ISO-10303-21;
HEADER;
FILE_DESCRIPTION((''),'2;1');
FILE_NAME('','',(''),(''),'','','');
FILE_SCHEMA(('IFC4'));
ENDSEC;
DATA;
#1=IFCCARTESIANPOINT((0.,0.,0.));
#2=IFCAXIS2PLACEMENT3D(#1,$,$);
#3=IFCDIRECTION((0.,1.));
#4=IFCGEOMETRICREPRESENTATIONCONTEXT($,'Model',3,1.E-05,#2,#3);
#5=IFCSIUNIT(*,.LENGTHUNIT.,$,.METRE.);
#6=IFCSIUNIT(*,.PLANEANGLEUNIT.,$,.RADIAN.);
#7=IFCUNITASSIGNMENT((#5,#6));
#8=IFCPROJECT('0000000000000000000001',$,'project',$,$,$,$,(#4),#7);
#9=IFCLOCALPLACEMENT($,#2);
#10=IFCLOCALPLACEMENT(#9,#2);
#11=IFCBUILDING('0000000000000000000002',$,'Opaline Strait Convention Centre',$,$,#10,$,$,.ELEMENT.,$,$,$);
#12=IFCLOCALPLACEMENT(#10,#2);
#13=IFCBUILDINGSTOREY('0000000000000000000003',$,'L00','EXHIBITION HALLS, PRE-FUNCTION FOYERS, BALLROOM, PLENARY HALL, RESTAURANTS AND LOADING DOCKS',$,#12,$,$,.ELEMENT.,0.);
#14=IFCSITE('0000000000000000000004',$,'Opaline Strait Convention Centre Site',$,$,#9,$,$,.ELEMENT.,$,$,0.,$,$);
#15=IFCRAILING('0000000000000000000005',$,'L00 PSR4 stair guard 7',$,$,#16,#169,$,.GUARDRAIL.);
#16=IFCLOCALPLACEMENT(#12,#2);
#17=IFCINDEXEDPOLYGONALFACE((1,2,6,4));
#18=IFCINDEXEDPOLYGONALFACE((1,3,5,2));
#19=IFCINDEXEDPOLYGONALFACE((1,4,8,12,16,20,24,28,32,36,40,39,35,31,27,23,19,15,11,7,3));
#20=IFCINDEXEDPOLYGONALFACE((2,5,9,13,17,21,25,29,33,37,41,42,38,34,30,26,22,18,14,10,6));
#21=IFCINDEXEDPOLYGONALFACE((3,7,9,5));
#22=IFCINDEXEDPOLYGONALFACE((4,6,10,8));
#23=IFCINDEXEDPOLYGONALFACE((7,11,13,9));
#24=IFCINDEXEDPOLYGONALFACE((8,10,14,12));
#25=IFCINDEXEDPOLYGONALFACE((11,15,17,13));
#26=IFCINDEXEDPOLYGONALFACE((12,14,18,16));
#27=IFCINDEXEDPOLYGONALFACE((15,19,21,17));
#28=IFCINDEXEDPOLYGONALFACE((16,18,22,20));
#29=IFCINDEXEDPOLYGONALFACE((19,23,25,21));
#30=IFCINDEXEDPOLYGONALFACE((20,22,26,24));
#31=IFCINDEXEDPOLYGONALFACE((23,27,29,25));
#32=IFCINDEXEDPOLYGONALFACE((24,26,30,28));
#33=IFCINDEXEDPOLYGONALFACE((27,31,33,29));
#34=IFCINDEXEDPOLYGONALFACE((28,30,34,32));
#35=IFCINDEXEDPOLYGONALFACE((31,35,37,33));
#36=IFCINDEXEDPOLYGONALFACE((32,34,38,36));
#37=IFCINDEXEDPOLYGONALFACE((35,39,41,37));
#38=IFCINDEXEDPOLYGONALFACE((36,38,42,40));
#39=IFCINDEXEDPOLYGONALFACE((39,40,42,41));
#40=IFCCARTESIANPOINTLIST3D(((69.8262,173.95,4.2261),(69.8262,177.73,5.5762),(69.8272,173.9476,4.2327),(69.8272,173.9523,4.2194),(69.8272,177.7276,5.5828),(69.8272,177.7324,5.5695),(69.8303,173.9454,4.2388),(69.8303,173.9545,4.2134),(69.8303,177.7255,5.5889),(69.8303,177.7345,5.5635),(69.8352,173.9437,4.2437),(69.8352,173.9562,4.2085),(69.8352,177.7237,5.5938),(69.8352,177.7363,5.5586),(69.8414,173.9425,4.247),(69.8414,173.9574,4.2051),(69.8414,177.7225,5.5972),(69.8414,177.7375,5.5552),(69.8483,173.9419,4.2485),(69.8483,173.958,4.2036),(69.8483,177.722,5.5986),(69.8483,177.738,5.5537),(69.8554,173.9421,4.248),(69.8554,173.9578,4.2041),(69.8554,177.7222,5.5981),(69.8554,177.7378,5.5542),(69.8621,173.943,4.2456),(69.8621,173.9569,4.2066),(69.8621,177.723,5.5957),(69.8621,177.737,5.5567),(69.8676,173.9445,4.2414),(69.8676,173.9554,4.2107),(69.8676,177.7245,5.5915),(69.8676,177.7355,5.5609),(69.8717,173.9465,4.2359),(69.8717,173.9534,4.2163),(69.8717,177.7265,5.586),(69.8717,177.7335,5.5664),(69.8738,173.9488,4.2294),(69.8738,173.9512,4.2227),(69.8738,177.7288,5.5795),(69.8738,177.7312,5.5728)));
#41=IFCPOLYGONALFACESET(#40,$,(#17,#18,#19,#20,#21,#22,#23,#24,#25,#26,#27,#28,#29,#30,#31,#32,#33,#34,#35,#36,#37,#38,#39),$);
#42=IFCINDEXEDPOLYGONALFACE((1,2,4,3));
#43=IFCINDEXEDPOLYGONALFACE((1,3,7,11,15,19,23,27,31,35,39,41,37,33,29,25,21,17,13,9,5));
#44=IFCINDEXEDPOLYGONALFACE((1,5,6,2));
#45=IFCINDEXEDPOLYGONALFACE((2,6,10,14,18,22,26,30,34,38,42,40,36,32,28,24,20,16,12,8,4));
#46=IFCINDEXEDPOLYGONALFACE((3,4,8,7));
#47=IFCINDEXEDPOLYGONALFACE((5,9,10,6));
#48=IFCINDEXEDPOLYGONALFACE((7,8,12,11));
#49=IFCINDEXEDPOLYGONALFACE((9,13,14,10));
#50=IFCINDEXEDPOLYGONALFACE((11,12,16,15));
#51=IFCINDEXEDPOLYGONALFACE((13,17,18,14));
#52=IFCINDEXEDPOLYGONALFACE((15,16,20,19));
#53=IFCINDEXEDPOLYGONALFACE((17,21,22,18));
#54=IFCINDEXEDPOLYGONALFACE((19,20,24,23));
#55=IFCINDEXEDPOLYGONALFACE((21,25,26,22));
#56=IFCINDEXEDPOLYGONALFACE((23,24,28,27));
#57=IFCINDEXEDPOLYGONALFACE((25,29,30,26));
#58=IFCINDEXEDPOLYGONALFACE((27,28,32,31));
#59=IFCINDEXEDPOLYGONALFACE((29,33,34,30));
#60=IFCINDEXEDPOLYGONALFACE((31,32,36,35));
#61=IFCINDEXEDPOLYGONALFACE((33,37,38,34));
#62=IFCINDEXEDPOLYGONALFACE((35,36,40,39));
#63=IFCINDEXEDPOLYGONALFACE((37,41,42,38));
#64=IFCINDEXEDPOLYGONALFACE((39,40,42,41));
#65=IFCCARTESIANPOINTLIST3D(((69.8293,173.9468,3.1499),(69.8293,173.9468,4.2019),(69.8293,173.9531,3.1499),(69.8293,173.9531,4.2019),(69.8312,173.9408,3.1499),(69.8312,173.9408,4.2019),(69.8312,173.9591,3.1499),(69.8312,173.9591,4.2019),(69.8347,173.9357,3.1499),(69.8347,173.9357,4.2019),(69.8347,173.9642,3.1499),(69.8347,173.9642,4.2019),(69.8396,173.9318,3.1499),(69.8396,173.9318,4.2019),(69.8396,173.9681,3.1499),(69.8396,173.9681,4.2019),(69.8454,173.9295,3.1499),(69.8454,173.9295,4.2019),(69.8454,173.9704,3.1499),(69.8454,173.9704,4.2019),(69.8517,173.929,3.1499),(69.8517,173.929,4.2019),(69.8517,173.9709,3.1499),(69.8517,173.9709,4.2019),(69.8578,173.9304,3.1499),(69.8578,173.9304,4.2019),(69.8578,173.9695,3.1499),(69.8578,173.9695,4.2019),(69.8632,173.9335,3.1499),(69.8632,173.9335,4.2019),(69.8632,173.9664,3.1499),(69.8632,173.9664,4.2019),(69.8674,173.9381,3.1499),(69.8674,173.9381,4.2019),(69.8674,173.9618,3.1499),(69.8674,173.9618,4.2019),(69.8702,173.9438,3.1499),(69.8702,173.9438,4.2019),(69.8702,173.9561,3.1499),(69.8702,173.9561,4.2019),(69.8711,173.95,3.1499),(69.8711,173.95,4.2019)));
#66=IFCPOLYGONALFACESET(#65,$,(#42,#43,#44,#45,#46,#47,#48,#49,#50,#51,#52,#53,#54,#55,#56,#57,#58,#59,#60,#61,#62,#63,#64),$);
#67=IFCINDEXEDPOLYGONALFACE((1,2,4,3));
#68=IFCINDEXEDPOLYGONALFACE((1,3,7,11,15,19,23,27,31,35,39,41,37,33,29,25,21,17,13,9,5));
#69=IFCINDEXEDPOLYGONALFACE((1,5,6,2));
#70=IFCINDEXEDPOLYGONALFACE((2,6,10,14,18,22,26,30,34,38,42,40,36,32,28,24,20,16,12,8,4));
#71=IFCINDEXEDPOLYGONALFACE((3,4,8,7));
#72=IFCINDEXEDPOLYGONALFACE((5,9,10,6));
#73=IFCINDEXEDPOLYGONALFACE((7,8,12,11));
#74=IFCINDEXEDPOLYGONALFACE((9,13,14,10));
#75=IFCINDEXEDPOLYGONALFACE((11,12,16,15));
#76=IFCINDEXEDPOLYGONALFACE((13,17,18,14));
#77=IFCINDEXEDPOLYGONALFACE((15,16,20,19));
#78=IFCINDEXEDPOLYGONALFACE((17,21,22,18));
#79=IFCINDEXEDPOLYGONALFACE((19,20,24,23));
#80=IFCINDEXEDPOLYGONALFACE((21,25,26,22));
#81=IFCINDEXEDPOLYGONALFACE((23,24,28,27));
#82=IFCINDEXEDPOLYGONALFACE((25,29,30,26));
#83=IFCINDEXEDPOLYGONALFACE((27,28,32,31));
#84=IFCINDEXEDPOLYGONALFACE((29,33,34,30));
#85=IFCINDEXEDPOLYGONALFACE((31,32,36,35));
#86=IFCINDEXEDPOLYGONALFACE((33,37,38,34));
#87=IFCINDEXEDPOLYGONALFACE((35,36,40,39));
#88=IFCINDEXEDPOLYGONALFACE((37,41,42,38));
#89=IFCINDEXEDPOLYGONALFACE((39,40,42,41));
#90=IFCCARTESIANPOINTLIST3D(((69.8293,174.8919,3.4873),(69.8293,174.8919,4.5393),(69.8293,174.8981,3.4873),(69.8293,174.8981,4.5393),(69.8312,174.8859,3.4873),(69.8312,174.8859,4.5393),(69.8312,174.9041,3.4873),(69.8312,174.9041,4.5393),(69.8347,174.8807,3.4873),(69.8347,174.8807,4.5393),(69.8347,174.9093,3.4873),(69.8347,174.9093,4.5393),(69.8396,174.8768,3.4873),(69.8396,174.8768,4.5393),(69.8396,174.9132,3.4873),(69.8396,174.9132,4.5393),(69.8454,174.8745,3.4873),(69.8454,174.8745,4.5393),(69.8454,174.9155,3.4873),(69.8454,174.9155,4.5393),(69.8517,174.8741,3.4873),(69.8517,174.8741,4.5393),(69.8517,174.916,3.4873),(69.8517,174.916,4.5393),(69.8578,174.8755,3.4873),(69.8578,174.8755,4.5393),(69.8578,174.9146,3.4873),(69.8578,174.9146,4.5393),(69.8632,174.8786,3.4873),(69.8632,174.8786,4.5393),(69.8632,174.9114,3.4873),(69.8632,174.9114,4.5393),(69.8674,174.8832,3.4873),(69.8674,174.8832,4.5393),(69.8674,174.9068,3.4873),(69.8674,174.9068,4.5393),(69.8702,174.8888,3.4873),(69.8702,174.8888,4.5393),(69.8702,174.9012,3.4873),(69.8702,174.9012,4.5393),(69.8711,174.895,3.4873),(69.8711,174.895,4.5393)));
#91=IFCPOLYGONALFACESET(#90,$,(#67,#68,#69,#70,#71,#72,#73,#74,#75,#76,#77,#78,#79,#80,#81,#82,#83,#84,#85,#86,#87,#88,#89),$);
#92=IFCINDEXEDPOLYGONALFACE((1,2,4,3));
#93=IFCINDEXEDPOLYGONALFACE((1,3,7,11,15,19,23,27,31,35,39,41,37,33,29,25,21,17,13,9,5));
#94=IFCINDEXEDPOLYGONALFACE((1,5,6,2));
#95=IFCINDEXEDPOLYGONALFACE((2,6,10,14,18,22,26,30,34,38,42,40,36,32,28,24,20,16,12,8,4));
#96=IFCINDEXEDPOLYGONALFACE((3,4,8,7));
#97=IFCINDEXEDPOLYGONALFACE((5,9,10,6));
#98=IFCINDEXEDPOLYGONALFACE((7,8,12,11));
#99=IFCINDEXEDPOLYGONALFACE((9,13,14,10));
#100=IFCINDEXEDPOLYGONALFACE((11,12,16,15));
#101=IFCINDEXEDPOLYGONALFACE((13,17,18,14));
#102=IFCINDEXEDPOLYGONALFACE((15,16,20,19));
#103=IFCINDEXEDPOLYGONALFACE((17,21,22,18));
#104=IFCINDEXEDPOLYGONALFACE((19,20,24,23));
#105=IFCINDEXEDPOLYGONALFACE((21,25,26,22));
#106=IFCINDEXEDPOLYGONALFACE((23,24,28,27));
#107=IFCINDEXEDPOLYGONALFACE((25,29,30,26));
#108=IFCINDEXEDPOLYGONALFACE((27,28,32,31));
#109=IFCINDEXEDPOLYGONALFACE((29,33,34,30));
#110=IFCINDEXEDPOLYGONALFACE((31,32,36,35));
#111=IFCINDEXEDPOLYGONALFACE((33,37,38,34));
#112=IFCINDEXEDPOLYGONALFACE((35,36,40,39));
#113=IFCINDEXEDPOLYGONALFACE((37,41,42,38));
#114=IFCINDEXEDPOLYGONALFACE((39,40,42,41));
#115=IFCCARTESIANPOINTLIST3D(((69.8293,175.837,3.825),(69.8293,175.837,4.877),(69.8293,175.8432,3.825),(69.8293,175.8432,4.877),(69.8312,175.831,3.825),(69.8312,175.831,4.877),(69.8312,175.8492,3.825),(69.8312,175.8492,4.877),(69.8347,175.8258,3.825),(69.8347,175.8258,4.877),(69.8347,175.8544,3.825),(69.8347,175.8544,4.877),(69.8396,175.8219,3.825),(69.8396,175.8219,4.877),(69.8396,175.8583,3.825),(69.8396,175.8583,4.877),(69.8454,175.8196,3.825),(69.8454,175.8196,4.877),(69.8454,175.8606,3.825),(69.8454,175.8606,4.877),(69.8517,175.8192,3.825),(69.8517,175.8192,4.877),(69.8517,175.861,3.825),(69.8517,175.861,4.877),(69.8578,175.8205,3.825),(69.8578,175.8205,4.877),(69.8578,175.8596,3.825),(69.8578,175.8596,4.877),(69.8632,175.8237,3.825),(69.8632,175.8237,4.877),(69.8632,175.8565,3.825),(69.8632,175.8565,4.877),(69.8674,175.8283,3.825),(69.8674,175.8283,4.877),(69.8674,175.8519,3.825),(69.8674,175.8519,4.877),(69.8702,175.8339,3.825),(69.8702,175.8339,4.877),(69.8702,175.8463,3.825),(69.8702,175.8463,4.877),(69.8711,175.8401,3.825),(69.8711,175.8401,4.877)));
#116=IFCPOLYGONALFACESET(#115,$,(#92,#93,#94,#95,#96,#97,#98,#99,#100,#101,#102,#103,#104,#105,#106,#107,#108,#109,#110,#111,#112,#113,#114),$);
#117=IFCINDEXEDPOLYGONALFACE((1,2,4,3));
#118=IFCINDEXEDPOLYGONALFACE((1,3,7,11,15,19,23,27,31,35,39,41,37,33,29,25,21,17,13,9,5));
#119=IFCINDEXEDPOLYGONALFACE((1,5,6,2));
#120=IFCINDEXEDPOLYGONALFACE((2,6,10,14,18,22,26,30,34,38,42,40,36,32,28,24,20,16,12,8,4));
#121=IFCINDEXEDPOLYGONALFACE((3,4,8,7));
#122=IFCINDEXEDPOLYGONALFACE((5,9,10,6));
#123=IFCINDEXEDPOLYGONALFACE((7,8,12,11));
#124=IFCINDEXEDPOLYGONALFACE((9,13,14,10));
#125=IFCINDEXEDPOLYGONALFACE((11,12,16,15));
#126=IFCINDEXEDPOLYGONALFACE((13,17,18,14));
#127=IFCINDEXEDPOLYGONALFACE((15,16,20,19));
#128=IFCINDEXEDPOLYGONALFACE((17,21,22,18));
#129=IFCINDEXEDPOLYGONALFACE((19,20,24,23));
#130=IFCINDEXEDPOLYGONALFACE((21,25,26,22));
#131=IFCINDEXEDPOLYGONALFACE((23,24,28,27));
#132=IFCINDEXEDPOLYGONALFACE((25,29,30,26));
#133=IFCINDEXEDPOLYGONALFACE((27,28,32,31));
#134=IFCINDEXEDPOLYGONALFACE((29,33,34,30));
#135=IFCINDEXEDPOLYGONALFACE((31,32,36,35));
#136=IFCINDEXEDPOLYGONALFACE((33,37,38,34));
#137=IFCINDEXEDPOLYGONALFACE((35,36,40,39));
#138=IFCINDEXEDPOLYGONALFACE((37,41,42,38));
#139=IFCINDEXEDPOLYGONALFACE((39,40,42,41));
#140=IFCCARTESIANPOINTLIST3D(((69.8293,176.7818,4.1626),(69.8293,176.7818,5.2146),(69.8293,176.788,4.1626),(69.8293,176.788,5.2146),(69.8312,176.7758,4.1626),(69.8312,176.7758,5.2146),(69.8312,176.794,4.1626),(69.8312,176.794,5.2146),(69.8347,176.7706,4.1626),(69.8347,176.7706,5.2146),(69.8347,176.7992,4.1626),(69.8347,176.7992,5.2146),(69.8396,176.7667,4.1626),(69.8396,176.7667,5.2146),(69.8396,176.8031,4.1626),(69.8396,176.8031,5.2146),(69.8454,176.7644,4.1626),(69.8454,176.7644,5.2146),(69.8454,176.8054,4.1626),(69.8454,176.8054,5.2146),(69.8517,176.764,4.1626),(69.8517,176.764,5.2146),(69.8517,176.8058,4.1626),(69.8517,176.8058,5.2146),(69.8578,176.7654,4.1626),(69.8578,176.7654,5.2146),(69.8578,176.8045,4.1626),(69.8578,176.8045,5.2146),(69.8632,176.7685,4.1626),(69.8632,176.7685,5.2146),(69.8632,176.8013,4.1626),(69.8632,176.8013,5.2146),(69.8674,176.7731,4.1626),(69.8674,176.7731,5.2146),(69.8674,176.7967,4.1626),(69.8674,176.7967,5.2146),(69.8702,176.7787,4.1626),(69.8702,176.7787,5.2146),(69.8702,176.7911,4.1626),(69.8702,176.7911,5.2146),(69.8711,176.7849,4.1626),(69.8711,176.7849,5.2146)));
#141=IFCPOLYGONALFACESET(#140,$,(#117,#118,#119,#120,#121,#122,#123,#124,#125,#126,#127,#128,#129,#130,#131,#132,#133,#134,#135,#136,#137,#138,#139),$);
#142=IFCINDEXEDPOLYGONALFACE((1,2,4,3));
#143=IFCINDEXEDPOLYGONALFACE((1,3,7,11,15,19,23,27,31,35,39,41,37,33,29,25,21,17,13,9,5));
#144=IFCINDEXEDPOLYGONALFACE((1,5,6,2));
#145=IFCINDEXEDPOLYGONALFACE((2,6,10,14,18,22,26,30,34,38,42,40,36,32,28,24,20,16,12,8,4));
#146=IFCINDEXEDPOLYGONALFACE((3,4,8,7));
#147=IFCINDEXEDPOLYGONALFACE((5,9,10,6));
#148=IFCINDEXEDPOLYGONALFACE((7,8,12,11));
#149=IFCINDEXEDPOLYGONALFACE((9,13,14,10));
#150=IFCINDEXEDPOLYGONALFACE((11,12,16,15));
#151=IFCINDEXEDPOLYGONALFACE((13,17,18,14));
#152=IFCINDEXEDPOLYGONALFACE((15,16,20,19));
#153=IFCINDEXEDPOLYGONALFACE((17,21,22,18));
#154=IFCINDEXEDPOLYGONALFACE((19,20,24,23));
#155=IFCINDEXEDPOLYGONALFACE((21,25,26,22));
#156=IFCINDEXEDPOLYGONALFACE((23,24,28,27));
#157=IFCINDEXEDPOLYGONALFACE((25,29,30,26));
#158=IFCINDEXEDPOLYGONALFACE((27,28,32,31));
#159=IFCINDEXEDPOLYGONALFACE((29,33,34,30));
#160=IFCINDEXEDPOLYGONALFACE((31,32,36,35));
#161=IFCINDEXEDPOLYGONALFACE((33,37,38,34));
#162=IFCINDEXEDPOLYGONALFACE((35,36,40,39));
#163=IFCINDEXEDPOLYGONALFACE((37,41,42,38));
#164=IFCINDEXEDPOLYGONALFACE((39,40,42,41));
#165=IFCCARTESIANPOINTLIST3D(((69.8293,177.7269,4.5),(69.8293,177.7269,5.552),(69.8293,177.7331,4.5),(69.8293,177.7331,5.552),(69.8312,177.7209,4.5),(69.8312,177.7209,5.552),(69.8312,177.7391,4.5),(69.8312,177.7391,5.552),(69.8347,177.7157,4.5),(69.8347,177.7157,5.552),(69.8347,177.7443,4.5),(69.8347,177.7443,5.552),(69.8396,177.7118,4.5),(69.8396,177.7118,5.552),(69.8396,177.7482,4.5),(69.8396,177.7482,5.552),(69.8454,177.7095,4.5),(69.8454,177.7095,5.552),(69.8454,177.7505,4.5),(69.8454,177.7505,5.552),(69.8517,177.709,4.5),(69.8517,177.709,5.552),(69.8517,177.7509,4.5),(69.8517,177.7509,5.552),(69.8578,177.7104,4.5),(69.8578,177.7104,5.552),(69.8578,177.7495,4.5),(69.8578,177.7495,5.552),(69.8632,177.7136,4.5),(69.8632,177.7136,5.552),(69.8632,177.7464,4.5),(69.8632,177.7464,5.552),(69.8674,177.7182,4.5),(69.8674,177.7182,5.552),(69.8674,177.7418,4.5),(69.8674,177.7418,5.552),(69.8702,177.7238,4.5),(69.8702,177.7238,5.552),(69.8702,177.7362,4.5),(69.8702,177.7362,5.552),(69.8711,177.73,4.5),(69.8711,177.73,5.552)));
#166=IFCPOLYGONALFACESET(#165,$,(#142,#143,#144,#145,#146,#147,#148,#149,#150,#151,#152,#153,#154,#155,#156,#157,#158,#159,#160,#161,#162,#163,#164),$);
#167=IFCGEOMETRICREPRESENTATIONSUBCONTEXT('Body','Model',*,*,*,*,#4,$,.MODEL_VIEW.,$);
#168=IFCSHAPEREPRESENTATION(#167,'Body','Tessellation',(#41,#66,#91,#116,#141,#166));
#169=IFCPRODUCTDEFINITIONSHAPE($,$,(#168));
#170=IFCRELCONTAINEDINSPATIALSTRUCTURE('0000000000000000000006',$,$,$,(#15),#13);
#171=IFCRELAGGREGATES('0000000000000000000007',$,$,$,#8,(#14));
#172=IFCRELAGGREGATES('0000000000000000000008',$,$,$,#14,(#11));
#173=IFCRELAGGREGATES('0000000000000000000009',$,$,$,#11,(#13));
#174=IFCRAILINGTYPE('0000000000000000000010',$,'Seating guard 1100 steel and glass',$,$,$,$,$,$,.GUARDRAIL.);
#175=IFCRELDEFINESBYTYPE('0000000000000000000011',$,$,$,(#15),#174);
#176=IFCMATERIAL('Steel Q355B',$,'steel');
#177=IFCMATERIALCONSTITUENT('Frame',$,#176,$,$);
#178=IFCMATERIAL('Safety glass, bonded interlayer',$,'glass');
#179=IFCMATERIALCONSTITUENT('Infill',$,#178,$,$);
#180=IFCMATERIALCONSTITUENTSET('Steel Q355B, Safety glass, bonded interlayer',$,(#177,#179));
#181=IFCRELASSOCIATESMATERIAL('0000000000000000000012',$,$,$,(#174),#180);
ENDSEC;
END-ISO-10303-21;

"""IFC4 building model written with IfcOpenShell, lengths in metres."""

from ifc_helpers import new_model, si_unit, direction, frame, origin, origin_2d, place, context, subcontext, project, spatial, circle, extrude, material, constituent, constituent_set, type_object, element, save


model = new_model("IFC4")

# Units and contexts
model_context = context("Model", 3, precision=1e-05, world=origin(), true_north=direction((0.0, 1.0)))
body_context = subcontext(model_context, "Body", "Model", "MODEL_VIEW")
ifc_project = project(units=[si_unit("LENGTHUNIT", "METRE"), si_unit("PLANEANGLEUNIT", "RADIAN")], contexts=[model_context])

# Site, building, storey
site_placement = place(None, origin())
site = spatial("IfcSite", under=ifc_project, at=site_placement, Name="Opaline Strait Convention Centre Site", CompositionType="ELEMENT", RefElevation=0.0)
building_placement = place(site_placement, origin())
building = spatial("IfcBuilding", under=site, at=building_placement, Name="Opaline Strait Convention Centre", CompositionType="ELEMENT")
storey_placement = place(building_placement, origin())
storey = spatial("IfcBuildingStorey", under=building, at=storey_placement, Name="L00", Description="EXHIBITION HALLS, PRE-FUNCTION FOYERS, BALLROOM, PLENARY HALL, RESTAURANTS AND LOADING DOCKS", CompositionType="ELEMENT", Elevation=0.0)

# Railing
ifc_material_1 = material(Name="Steel Q355B", Category="steel")
ifc_constituent_1 = constituent(ifc_material_1, Name="Frame")
ifc_material_2 = material(Name="Safety glass, bonded interlayer", Category="glass")
ifc_constituent_2 = constituent(ifc_material_2, Name="Infill")
ifc_constituent_set = constituent_set(constituents=[ifc_constituent_1, ifc_constituent_2], Name="Steel Q355B, Safety glass, bonded interlayer")
railing_type_1 = type_object("IfcRailingType", Name="Seating guard 1100 steel and glass", PredefinedType="GUARDRAIL", material=ifc_constituent_set)
railing_1_placement = place(storey_placement, frame((69.8501, 173.95, 3.1499)))
element("IfcRailing", 1, at=railing_1_placement, inside=storey, type_object=railing_type_1, Name="L00 PSR4 stair guard 7", PredefinedType="GUARDRAIL", context=body_context, shape_type="SweptSolid", body=[
    extrude(circle(Radius=0.0239, at=origin_2d()), frame((0.0, 0.0, 1.0762), z_axis=(0.0, 0.941735, 0.336356), x_axis=(-1.0, 0.0, 0.0)), (0.0, 0.0, 1.0), 4.0139),
    extrude(circle(Radius=0.021, at=origin_2d()), origin(), (0.0, 0.0, 1.0), 1.052),
    extrude(circle(Radius=0.021, at=origin_2d()), frame((0.0, 0.9451, 0.3374)), (0.0, 0.0, 1.0), 1.052),
    extrude(circle(Radius=0.021, at=origin_2d()), frame((0.0, 1.8901, 0.675)), (0.0, 0.0, 1.0), 1.052),
    extrude(circle(Radius=0.021, at=origin_2d()), frame((0.0, 2.835, 1.0127)), (0.0, 0.0, 1.0), 1.052),
    extrude(circle(Radius=0.021, at=origin_2d()), frame((0.0, 3.78, 1.3501)), (0.0, 0.0, 1.0), 1.052),
])

save(model, "model.ifc")
